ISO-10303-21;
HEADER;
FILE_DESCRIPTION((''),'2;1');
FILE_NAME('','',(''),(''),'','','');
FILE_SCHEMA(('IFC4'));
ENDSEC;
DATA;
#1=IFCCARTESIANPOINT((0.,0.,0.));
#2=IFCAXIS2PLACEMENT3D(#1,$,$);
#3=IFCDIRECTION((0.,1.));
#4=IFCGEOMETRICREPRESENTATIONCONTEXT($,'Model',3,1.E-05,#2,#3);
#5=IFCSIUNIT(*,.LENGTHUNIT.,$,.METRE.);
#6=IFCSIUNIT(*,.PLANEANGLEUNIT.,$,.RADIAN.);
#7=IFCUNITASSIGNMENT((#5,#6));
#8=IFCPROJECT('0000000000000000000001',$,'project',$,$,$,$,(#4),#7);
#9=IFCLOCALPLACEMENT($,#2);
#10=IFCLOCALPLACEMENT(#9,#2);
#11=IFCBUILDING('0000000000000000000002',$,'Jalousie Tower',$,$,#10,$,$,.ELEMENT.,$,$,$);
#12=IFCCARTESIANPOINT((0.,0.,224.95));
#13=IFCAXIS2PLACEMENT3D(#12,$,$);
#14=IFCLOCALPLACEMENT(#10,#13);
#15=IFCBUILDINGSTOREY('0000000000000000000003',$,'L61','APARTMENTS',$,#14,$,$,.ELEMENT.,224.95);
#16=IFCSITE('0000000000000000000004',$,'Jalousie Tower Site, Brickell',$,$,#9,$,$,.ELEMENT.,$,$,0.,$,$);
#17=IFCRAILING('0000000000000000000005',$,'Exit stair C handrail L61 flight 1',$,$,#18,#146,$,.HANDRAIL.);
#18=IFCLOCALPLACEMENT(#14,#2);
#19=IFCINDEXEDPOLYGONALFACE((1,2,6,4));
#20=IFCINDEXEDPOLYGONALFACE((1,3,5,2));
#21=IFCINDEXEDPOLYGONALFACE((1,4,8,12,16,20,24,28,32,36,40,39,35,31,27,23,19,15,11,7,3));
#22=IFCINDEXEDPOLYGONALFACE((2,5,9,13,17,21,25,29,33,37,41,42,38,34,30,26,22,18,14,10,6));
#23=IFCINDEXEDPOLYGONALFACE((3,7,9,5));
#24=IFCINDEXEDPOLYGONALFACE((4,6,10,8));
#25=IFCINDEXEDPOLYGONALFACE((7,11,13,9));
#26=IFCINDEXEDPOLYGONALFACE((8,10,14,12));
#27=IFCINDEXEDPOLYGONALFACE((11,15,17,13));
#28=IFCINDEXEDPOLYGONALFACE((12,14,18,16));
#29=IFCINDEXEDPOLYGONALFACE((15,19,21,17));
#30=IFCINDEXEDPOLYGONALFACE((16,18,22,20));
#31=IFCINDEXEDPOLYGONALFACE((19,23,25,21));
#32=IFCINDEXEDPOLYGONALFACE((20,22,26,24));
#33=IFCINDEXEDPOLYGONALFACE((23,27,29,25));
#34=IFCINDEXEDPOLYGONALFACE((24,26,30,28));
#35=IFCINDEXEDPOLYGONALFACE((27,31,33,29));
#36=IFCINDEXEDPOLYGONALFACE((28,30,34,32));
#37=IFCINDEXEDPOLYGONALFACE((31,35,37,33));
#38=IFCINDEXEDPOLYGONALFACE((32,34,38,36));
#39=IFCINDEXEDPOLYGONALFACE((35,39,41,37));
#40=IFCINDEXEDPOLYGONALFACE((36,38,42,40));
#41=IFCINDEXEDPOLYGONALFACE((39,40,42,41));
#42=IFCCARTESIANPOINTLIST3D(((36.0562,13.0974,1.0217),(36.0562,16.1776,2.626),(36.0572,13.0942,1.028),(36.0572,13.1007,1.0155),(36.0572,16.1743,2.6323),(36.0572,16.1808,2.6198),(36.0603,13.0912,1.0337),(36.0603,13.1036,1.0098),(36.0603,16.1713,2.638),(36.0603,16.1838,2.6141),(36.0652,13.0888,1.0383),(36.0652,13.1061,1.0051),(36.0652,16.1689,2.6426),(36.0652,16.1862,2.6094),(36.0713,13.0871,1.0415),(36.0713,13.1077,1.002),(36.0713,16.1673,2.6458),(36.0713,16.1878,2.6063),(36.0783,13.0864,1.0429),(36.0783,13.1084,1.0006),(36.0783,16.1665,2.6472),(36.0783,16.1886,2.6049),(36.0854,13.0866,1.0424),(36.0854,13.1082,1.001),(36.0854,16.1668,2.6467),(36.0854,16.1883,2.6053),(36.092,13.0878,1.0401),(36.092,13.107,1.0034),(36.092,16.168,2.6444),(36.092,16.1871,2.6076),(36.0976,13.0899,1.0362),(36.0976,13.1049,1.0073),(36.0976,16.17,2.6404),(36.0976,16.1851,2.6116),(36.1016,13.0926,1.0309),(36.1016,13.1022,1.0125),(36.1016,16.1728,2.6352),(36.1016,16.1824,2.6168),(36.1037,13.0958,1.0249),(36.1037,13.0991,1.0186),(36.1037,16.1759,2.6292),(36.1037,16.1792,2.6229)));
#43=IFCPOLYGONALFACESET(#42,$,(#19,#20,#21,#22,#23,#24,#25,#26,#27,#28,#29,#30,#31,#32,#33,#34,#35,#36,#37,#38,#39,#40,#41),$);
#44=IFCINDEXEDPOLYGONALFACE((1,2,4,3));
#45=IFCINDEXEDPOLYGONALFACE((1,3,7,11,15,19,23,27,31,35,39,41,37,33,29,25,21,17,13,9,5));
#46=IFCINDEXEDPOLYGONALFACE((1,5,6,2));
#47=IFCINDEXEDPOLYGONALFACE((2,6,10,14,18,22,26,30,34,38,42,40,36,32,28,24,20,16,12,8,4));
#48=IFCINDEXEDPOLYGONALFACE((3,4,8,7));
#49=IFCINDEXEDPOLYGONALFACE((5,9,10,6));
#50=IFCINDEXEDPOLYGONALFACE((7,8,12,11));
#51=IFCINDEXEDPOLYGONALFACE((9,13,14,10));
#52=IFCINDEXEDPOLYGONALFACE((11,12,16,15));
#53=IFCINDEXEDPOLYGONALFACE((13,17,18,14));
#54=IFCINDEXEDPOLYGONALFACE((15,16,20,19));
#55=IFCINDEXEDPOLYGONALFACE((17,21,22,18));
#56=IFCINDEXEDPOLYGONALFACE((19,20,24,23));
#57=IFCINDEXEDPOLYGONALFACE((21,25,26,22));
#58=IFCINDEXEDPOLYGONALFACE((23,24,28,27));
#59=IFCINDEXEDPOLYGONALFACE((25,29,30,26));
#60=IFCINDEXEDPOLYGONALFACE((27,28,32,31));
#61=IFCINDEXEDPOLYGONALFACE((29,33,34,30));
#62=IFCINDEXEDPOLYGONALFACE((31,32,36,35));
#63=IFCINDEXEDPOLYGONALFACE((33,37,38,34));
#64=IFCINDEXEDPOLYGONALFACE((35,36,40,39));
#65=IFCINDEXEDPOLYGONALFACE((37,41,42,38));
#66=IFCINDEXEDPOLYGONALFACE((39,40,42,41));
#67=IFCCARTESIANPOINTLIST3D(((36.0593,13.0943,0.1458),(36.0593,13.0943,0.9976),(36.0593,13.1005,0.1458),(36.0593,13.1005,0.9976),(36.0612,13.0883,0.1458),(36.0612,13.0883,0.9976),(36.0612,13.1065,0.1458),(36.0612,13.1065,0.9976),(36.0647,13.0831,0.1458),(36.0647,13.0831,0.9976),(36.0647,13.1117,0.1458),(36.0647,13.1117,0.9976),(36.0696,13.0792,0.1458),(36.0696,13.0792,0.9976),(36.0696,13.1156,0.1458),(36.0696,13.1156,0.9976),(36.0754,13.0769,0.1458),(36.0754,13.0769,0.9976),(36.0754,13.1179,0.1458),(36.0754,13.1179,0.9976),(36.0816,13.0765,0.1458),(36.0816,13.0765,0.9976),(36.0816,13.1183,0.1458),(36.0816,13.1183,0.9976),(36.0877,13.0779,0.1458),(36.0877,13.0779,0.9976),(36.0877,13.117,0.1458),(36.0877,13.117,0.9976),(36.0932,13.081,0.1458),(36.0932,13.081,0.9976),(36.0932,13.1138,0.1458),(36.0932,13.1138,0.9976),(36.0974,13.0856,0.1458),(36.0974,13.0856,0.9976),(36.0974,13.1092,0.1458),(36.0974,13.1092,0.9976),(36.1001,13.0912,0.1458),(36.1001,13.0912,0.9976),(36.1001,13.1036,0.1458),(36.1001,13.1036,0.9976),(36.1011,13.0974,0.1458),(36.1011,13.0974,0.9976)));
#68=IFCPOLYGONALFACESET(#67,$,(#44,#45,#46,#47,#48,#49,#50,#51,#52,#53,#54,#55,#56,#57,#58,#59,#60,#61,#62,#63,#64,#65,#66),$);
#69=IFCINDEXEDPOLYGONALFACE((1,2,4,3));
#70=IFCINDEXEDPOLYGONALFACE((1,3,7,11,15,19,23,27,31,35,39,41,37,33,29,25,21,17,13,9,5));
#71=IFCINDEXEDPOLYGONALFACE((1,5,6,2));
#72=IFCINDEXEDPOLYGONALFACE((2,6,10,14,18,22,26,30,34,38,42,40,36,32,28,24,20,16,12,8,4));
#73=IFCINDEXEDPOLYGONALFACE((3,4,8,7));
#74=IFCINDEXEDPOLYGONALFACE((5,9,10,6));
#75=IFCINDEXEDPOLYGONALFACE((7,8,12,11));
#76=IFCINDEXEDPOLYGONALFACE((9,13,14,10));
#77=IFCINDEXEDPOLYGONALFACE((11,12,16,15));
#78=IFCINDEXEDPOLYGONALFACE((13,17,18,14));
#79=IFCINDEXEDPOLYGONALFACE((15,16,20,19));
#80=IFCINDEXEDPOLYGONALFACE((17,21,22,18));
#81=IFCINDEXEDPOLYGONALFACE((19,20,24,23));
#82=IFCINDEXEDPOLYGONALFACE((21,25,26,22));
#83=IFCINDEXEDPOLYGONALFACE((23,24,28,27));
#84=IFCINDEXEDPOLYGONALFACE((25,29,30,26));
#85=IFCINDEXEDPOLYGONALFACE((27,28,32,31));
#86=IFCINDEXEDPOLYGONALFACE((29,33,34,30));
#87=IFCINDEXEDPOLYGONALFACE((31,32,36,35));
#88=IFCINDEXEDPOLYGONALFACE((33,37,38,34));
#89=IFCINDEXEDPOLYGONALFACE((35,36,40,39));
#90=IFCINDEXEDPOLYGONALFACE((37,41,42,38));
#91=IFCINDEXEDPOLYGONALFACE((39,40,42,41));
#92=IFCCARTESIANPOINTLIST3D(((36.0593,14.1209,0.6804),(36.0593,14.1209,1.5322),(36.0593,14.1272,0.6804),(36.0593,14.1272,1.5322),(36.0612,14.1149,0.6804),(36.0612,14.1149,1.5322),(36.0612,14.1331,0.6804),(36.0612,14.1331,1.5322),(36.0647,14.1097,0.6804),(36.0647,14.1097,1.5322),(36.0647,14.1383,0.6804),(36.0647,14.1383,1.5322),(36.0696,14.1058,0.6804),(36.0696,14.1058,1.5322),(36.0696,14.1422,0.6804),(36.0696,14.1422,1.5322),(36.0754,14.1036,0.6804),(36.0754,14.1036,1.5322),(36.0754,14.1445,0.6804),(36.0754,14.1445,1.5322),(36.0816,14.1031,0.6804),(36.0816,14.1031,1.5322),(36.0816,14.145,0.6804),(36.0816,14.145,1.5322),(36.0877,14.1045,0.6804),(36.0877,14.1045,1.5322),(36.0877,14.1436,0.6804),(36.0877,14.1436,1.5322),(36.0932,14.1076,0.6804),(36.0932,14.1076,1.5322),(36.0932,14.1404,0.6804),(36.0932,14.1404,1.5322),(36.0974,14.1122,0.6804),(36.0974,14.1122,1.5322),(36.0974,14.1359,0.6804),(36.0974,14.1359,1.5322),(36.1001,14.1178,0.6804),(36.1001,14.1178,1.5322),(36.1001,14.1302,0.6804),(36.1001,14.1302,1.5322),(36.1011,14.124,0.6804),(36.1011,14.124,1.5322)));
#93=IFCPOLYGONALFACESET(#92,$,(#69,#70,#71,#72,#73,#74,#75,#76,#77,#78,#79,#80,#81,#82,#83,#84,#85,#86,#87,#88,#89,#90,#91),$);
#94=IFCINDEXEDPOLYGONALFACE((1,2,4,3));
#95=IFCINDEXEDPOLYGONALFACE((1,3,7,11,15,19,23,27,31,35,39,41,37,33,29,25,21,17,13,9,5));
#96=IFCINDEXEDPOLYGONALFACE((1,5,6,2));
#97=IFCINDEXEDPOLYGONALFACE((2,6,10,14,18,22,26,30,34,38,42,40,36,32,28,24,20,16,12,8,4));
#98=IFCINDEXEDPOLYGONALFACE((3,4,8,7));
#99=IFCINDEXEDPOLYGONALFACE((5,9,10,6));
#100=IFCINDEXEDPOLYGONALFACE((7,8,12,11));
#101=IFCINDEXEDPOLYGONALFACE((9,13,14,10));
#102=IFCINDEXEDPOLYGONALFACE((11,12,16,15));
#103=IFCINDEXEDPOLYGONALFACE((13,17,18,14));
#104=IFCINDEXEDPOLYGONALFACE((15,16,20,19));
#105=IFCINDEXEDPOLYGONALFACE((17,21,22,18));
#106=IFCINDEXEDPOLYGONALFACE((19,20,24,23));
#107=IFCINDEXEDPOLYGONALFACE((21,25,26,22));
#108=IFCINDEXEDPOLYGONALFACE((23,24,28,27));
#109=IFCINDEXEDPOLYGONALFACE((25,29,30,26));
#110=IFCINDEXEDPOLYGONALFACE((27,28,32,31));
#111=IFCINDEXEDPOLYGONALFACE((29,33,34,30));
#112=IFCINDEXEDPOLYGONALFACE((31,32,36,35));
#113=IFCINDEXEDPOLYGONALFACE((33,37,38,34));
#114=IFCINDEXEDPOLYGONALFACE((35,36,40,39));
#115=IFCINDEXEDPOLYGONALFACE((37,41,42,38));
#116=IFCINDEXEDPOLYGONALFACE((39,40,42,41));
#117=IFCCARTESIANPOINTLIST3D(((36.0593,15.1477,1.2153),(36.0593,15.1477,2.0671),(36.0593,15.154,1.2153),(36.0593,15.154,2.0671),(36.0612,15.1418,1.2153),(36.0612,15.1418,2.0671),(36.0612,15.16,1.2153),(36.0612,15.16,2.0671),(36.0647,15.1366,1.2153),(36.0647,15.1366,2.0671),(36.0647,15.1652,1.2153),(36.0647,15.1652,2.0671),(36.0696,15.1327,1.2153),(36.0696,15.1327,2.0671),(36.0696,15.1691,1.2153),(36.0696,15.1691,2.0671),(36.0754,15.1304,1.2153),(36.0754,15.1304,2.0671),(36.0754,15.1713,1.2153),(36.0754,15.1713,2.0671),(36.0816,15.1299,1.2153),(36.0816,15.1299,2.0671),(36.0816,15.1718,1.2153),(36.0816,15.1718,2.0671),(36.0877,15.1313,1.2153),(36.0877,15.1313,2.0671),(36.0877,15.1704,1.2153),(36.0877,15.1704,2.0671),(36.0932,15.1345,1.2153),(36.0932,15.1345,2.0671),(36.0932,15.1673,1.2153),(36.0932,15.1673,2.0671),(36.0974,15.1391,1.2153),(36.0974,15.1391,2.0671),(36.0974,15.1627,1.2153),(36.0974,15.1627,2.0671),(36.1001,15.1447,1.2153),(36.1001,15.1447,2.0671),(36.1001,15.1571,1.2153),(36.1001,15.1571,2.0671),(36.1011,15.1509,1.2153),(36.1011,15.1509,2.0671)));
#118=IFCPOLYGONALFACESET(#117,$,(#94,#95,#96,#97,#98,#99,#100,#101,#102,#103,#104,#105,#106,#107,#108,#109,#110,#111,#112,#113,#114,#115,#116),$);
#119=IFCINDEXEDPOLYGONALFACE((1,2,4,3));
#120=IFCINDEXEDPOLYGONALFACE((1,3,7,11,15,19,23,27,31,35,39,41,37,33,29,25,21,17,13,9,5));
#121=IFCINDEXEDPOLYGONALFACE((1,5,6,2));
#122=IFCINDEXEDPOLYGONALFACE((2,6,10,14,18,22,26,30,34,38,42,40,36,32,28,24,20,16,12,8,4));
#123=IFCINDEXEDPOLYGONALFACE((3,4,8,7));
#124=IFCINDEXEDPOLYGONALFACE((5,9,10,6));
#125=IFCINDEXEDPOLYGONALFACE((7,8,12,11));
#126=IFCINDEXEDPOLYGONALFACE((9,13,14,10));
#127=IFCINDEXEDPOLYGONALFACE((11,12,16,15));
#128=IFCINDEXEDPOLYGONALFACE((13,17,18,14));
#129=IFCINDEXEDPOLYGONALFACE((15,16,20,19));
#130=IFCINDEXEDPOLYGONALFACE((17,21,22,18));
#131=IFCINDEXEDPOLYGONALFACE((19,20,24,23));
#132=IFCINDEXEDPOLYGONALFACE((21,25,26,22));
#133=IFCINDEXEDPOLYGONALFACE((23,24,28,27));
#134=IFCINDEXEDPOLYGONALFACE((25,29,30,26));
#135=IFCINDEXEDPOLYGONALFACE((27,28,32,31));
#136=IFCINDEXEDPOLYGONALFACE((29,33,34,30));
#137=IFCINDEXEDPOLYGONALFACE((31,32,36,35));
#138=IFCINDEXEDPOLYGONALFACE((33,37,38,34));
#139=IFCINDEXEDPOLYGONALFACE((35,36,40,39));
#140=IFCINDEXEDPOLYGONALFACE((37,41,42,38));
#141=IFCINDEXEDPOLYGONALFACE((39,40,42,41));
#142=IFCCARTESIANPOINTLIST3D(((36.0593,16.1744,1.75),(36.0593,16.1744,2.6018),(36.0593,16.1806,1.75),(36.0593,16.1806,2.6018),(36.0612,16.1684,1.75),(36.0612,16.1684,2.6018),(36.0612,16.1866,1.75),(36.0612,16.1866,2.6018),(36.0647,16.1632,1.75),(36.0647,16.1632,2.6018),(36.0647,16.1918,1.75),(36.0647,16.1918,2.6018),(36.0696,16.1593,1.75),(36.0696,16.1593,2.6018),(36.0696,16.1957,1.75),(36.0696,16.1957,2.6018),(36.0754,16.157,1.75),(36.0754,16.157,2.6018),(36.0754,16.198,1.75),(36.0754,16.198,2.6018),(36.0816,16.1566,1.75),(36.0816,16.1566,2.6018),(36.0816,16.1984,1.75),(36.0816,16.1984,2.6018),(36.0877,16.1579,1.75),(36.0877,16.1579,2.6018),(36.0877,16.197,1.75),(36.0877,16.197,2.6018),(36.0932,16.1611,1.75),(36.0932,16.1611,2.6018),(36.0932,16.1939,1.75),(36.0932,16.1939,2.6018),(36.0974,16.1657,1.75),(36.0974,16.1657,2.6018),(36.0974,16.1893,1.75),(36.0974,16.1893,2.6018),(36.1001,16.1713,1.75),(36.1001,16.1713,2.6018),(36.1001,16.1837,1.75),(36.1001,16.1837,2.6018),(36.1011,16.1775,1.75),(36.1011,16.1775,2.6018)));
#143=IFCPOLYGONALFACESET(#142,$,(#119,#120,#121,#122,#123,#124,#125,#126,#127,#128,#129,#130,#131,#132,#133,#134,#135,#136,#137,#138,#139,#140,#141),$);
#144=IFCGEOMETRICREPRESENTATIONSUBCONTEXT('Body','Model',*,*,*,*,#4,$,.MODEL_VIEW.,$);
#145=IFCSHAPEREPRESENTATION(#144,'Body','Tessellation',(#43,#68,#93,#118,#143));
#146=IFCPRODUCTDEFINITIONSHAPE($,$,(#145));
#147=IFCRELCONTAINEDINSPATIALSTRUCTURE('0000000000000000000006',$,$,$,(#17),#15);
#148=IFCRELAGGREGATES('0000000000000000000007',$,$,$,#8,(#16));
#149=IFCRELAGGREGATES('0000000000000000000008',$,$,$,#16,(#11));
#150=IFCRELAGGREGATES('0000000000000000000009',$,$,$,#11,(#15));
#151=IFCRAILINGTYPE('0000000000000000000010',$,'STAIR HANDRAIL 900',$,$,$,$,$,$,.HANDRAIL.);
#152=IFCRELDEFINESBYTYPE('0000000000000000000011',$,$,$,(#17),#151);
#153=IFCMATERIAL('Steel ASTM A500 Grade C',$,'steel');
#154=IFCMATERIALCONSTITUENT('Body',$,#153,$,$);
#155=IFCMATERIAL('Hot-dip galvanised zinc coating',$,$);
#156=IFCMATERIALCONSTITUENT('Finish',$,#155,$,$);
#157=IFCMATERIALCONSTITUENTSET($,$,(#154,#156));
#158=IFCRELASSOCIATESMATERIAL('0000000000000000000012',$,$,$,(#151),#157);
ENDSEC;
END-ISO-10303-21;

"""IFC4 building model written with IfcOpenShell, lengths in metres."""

from ifc_helpers import new_model, si_unit, direction, frame, origin, origin_2d, place, context, subcontext, project, spatial, circle, extrude, material, constituent, constituent_set, type_object, element, save


model = new_model("IFC4")

# Units and contexts
model_context = context("Model", 3, precision=1e-05, world=origin(), true_north=direction((0.0, 1.0)))
body_context = subcontext(model_context, "Body", "Model", "MODEL_VIEW")
ifc_project = project(units=[si_unit("LENGTHUNIT", "METRE"), si_unit("PLANEANGLEUNIT", "RADIAN")], contexts=[model_context])

# Site, building, storey
site_placement = place(None, origin())
site = spatial("IfcSite", under=ifc_project, at=site_placement, Name="Jalousie Tower Site, Brickell", CompositionType="ELEMENT", RefElevation=0.0)
building_placement = place(site_placement, origin())
building = spatial("IfcBuilding", under=site, at=building_placement, Name="Jalousie Tower", CompositionType="ELEMENT")
storey_placement = place(building_placement, frame((0.0, 0.0, 224.95)))
storey = spatial("IfcBuildingStorey", under=building, at=storey_placement, Name="L61", Description="APARTMENTS", CompositionType="ELEMENT", Elevation=224.95)

# Railing
ifc_material_1 = material(Name="Steel ASTM A500 Grade C", Category="steel")
ifc_constituent_1 = constituent(ifc_material_1, Name="Body")
ifc_material_2 = material(Name="Hot-dip galvanised zinc coating")
ifc_constituent_2 = constituent(ifc_material_2, Name="Finish")
ifc_constituent_set_1 = constituent_set(constituents=[ifc_constituent_1, ifc_constituent_2])
railing_type_1 = type_object("IfcRailingType", Name="STAIR HANDRAIL 900", PredefinedType="HANDRAIL", material=ifc_constituent_set_1)
railing_1_placement = place(storey_placement, frame((36.0801, 13.0974, 0.1458)))
element("IfcRailing", 1, at=railing_1_placement, inside=storey, type_object=railing_type_1, Name="Exit stair C handrail L61 flight 1", PredefinedType="HANDRAIL", context=body_context, shape_type="SweptSolid", body=[
    extrude(circle(Radius=0.0239, at=origin_2d()), frame((0.0, 0.0, 0.876), z_axis=(0.0, 0.886909, 0.461944), x_axis=(-1.0, 0.0, 0.0)), (0.0, 0.0, 1.0), 3.4729),
    extrude(circle(Radius=0.021, at=origin_2d()), origin(), (0.0, 0.0, 1.0), 0.8518),
    extrude(circle(Radius=0.021, at=origin_2d()), frame((0.0, 1.0266, 0.5347)), (0.0, 0.0, 1.0), 0.8518),
    extrude(circle(Radius=0.021, at=origin_2d()), frame((0.0, 2.0535, 1.0696)), (0.0, 0.0, 1.0), 0.8518),
    extrude(circle(Radius=0.021, at=origin_2d()), frame((0.0, 3.0801, 1.6042)), (0.0, 0.0, 1.0), 0.8518),
])

save(model, "model.ifc")
